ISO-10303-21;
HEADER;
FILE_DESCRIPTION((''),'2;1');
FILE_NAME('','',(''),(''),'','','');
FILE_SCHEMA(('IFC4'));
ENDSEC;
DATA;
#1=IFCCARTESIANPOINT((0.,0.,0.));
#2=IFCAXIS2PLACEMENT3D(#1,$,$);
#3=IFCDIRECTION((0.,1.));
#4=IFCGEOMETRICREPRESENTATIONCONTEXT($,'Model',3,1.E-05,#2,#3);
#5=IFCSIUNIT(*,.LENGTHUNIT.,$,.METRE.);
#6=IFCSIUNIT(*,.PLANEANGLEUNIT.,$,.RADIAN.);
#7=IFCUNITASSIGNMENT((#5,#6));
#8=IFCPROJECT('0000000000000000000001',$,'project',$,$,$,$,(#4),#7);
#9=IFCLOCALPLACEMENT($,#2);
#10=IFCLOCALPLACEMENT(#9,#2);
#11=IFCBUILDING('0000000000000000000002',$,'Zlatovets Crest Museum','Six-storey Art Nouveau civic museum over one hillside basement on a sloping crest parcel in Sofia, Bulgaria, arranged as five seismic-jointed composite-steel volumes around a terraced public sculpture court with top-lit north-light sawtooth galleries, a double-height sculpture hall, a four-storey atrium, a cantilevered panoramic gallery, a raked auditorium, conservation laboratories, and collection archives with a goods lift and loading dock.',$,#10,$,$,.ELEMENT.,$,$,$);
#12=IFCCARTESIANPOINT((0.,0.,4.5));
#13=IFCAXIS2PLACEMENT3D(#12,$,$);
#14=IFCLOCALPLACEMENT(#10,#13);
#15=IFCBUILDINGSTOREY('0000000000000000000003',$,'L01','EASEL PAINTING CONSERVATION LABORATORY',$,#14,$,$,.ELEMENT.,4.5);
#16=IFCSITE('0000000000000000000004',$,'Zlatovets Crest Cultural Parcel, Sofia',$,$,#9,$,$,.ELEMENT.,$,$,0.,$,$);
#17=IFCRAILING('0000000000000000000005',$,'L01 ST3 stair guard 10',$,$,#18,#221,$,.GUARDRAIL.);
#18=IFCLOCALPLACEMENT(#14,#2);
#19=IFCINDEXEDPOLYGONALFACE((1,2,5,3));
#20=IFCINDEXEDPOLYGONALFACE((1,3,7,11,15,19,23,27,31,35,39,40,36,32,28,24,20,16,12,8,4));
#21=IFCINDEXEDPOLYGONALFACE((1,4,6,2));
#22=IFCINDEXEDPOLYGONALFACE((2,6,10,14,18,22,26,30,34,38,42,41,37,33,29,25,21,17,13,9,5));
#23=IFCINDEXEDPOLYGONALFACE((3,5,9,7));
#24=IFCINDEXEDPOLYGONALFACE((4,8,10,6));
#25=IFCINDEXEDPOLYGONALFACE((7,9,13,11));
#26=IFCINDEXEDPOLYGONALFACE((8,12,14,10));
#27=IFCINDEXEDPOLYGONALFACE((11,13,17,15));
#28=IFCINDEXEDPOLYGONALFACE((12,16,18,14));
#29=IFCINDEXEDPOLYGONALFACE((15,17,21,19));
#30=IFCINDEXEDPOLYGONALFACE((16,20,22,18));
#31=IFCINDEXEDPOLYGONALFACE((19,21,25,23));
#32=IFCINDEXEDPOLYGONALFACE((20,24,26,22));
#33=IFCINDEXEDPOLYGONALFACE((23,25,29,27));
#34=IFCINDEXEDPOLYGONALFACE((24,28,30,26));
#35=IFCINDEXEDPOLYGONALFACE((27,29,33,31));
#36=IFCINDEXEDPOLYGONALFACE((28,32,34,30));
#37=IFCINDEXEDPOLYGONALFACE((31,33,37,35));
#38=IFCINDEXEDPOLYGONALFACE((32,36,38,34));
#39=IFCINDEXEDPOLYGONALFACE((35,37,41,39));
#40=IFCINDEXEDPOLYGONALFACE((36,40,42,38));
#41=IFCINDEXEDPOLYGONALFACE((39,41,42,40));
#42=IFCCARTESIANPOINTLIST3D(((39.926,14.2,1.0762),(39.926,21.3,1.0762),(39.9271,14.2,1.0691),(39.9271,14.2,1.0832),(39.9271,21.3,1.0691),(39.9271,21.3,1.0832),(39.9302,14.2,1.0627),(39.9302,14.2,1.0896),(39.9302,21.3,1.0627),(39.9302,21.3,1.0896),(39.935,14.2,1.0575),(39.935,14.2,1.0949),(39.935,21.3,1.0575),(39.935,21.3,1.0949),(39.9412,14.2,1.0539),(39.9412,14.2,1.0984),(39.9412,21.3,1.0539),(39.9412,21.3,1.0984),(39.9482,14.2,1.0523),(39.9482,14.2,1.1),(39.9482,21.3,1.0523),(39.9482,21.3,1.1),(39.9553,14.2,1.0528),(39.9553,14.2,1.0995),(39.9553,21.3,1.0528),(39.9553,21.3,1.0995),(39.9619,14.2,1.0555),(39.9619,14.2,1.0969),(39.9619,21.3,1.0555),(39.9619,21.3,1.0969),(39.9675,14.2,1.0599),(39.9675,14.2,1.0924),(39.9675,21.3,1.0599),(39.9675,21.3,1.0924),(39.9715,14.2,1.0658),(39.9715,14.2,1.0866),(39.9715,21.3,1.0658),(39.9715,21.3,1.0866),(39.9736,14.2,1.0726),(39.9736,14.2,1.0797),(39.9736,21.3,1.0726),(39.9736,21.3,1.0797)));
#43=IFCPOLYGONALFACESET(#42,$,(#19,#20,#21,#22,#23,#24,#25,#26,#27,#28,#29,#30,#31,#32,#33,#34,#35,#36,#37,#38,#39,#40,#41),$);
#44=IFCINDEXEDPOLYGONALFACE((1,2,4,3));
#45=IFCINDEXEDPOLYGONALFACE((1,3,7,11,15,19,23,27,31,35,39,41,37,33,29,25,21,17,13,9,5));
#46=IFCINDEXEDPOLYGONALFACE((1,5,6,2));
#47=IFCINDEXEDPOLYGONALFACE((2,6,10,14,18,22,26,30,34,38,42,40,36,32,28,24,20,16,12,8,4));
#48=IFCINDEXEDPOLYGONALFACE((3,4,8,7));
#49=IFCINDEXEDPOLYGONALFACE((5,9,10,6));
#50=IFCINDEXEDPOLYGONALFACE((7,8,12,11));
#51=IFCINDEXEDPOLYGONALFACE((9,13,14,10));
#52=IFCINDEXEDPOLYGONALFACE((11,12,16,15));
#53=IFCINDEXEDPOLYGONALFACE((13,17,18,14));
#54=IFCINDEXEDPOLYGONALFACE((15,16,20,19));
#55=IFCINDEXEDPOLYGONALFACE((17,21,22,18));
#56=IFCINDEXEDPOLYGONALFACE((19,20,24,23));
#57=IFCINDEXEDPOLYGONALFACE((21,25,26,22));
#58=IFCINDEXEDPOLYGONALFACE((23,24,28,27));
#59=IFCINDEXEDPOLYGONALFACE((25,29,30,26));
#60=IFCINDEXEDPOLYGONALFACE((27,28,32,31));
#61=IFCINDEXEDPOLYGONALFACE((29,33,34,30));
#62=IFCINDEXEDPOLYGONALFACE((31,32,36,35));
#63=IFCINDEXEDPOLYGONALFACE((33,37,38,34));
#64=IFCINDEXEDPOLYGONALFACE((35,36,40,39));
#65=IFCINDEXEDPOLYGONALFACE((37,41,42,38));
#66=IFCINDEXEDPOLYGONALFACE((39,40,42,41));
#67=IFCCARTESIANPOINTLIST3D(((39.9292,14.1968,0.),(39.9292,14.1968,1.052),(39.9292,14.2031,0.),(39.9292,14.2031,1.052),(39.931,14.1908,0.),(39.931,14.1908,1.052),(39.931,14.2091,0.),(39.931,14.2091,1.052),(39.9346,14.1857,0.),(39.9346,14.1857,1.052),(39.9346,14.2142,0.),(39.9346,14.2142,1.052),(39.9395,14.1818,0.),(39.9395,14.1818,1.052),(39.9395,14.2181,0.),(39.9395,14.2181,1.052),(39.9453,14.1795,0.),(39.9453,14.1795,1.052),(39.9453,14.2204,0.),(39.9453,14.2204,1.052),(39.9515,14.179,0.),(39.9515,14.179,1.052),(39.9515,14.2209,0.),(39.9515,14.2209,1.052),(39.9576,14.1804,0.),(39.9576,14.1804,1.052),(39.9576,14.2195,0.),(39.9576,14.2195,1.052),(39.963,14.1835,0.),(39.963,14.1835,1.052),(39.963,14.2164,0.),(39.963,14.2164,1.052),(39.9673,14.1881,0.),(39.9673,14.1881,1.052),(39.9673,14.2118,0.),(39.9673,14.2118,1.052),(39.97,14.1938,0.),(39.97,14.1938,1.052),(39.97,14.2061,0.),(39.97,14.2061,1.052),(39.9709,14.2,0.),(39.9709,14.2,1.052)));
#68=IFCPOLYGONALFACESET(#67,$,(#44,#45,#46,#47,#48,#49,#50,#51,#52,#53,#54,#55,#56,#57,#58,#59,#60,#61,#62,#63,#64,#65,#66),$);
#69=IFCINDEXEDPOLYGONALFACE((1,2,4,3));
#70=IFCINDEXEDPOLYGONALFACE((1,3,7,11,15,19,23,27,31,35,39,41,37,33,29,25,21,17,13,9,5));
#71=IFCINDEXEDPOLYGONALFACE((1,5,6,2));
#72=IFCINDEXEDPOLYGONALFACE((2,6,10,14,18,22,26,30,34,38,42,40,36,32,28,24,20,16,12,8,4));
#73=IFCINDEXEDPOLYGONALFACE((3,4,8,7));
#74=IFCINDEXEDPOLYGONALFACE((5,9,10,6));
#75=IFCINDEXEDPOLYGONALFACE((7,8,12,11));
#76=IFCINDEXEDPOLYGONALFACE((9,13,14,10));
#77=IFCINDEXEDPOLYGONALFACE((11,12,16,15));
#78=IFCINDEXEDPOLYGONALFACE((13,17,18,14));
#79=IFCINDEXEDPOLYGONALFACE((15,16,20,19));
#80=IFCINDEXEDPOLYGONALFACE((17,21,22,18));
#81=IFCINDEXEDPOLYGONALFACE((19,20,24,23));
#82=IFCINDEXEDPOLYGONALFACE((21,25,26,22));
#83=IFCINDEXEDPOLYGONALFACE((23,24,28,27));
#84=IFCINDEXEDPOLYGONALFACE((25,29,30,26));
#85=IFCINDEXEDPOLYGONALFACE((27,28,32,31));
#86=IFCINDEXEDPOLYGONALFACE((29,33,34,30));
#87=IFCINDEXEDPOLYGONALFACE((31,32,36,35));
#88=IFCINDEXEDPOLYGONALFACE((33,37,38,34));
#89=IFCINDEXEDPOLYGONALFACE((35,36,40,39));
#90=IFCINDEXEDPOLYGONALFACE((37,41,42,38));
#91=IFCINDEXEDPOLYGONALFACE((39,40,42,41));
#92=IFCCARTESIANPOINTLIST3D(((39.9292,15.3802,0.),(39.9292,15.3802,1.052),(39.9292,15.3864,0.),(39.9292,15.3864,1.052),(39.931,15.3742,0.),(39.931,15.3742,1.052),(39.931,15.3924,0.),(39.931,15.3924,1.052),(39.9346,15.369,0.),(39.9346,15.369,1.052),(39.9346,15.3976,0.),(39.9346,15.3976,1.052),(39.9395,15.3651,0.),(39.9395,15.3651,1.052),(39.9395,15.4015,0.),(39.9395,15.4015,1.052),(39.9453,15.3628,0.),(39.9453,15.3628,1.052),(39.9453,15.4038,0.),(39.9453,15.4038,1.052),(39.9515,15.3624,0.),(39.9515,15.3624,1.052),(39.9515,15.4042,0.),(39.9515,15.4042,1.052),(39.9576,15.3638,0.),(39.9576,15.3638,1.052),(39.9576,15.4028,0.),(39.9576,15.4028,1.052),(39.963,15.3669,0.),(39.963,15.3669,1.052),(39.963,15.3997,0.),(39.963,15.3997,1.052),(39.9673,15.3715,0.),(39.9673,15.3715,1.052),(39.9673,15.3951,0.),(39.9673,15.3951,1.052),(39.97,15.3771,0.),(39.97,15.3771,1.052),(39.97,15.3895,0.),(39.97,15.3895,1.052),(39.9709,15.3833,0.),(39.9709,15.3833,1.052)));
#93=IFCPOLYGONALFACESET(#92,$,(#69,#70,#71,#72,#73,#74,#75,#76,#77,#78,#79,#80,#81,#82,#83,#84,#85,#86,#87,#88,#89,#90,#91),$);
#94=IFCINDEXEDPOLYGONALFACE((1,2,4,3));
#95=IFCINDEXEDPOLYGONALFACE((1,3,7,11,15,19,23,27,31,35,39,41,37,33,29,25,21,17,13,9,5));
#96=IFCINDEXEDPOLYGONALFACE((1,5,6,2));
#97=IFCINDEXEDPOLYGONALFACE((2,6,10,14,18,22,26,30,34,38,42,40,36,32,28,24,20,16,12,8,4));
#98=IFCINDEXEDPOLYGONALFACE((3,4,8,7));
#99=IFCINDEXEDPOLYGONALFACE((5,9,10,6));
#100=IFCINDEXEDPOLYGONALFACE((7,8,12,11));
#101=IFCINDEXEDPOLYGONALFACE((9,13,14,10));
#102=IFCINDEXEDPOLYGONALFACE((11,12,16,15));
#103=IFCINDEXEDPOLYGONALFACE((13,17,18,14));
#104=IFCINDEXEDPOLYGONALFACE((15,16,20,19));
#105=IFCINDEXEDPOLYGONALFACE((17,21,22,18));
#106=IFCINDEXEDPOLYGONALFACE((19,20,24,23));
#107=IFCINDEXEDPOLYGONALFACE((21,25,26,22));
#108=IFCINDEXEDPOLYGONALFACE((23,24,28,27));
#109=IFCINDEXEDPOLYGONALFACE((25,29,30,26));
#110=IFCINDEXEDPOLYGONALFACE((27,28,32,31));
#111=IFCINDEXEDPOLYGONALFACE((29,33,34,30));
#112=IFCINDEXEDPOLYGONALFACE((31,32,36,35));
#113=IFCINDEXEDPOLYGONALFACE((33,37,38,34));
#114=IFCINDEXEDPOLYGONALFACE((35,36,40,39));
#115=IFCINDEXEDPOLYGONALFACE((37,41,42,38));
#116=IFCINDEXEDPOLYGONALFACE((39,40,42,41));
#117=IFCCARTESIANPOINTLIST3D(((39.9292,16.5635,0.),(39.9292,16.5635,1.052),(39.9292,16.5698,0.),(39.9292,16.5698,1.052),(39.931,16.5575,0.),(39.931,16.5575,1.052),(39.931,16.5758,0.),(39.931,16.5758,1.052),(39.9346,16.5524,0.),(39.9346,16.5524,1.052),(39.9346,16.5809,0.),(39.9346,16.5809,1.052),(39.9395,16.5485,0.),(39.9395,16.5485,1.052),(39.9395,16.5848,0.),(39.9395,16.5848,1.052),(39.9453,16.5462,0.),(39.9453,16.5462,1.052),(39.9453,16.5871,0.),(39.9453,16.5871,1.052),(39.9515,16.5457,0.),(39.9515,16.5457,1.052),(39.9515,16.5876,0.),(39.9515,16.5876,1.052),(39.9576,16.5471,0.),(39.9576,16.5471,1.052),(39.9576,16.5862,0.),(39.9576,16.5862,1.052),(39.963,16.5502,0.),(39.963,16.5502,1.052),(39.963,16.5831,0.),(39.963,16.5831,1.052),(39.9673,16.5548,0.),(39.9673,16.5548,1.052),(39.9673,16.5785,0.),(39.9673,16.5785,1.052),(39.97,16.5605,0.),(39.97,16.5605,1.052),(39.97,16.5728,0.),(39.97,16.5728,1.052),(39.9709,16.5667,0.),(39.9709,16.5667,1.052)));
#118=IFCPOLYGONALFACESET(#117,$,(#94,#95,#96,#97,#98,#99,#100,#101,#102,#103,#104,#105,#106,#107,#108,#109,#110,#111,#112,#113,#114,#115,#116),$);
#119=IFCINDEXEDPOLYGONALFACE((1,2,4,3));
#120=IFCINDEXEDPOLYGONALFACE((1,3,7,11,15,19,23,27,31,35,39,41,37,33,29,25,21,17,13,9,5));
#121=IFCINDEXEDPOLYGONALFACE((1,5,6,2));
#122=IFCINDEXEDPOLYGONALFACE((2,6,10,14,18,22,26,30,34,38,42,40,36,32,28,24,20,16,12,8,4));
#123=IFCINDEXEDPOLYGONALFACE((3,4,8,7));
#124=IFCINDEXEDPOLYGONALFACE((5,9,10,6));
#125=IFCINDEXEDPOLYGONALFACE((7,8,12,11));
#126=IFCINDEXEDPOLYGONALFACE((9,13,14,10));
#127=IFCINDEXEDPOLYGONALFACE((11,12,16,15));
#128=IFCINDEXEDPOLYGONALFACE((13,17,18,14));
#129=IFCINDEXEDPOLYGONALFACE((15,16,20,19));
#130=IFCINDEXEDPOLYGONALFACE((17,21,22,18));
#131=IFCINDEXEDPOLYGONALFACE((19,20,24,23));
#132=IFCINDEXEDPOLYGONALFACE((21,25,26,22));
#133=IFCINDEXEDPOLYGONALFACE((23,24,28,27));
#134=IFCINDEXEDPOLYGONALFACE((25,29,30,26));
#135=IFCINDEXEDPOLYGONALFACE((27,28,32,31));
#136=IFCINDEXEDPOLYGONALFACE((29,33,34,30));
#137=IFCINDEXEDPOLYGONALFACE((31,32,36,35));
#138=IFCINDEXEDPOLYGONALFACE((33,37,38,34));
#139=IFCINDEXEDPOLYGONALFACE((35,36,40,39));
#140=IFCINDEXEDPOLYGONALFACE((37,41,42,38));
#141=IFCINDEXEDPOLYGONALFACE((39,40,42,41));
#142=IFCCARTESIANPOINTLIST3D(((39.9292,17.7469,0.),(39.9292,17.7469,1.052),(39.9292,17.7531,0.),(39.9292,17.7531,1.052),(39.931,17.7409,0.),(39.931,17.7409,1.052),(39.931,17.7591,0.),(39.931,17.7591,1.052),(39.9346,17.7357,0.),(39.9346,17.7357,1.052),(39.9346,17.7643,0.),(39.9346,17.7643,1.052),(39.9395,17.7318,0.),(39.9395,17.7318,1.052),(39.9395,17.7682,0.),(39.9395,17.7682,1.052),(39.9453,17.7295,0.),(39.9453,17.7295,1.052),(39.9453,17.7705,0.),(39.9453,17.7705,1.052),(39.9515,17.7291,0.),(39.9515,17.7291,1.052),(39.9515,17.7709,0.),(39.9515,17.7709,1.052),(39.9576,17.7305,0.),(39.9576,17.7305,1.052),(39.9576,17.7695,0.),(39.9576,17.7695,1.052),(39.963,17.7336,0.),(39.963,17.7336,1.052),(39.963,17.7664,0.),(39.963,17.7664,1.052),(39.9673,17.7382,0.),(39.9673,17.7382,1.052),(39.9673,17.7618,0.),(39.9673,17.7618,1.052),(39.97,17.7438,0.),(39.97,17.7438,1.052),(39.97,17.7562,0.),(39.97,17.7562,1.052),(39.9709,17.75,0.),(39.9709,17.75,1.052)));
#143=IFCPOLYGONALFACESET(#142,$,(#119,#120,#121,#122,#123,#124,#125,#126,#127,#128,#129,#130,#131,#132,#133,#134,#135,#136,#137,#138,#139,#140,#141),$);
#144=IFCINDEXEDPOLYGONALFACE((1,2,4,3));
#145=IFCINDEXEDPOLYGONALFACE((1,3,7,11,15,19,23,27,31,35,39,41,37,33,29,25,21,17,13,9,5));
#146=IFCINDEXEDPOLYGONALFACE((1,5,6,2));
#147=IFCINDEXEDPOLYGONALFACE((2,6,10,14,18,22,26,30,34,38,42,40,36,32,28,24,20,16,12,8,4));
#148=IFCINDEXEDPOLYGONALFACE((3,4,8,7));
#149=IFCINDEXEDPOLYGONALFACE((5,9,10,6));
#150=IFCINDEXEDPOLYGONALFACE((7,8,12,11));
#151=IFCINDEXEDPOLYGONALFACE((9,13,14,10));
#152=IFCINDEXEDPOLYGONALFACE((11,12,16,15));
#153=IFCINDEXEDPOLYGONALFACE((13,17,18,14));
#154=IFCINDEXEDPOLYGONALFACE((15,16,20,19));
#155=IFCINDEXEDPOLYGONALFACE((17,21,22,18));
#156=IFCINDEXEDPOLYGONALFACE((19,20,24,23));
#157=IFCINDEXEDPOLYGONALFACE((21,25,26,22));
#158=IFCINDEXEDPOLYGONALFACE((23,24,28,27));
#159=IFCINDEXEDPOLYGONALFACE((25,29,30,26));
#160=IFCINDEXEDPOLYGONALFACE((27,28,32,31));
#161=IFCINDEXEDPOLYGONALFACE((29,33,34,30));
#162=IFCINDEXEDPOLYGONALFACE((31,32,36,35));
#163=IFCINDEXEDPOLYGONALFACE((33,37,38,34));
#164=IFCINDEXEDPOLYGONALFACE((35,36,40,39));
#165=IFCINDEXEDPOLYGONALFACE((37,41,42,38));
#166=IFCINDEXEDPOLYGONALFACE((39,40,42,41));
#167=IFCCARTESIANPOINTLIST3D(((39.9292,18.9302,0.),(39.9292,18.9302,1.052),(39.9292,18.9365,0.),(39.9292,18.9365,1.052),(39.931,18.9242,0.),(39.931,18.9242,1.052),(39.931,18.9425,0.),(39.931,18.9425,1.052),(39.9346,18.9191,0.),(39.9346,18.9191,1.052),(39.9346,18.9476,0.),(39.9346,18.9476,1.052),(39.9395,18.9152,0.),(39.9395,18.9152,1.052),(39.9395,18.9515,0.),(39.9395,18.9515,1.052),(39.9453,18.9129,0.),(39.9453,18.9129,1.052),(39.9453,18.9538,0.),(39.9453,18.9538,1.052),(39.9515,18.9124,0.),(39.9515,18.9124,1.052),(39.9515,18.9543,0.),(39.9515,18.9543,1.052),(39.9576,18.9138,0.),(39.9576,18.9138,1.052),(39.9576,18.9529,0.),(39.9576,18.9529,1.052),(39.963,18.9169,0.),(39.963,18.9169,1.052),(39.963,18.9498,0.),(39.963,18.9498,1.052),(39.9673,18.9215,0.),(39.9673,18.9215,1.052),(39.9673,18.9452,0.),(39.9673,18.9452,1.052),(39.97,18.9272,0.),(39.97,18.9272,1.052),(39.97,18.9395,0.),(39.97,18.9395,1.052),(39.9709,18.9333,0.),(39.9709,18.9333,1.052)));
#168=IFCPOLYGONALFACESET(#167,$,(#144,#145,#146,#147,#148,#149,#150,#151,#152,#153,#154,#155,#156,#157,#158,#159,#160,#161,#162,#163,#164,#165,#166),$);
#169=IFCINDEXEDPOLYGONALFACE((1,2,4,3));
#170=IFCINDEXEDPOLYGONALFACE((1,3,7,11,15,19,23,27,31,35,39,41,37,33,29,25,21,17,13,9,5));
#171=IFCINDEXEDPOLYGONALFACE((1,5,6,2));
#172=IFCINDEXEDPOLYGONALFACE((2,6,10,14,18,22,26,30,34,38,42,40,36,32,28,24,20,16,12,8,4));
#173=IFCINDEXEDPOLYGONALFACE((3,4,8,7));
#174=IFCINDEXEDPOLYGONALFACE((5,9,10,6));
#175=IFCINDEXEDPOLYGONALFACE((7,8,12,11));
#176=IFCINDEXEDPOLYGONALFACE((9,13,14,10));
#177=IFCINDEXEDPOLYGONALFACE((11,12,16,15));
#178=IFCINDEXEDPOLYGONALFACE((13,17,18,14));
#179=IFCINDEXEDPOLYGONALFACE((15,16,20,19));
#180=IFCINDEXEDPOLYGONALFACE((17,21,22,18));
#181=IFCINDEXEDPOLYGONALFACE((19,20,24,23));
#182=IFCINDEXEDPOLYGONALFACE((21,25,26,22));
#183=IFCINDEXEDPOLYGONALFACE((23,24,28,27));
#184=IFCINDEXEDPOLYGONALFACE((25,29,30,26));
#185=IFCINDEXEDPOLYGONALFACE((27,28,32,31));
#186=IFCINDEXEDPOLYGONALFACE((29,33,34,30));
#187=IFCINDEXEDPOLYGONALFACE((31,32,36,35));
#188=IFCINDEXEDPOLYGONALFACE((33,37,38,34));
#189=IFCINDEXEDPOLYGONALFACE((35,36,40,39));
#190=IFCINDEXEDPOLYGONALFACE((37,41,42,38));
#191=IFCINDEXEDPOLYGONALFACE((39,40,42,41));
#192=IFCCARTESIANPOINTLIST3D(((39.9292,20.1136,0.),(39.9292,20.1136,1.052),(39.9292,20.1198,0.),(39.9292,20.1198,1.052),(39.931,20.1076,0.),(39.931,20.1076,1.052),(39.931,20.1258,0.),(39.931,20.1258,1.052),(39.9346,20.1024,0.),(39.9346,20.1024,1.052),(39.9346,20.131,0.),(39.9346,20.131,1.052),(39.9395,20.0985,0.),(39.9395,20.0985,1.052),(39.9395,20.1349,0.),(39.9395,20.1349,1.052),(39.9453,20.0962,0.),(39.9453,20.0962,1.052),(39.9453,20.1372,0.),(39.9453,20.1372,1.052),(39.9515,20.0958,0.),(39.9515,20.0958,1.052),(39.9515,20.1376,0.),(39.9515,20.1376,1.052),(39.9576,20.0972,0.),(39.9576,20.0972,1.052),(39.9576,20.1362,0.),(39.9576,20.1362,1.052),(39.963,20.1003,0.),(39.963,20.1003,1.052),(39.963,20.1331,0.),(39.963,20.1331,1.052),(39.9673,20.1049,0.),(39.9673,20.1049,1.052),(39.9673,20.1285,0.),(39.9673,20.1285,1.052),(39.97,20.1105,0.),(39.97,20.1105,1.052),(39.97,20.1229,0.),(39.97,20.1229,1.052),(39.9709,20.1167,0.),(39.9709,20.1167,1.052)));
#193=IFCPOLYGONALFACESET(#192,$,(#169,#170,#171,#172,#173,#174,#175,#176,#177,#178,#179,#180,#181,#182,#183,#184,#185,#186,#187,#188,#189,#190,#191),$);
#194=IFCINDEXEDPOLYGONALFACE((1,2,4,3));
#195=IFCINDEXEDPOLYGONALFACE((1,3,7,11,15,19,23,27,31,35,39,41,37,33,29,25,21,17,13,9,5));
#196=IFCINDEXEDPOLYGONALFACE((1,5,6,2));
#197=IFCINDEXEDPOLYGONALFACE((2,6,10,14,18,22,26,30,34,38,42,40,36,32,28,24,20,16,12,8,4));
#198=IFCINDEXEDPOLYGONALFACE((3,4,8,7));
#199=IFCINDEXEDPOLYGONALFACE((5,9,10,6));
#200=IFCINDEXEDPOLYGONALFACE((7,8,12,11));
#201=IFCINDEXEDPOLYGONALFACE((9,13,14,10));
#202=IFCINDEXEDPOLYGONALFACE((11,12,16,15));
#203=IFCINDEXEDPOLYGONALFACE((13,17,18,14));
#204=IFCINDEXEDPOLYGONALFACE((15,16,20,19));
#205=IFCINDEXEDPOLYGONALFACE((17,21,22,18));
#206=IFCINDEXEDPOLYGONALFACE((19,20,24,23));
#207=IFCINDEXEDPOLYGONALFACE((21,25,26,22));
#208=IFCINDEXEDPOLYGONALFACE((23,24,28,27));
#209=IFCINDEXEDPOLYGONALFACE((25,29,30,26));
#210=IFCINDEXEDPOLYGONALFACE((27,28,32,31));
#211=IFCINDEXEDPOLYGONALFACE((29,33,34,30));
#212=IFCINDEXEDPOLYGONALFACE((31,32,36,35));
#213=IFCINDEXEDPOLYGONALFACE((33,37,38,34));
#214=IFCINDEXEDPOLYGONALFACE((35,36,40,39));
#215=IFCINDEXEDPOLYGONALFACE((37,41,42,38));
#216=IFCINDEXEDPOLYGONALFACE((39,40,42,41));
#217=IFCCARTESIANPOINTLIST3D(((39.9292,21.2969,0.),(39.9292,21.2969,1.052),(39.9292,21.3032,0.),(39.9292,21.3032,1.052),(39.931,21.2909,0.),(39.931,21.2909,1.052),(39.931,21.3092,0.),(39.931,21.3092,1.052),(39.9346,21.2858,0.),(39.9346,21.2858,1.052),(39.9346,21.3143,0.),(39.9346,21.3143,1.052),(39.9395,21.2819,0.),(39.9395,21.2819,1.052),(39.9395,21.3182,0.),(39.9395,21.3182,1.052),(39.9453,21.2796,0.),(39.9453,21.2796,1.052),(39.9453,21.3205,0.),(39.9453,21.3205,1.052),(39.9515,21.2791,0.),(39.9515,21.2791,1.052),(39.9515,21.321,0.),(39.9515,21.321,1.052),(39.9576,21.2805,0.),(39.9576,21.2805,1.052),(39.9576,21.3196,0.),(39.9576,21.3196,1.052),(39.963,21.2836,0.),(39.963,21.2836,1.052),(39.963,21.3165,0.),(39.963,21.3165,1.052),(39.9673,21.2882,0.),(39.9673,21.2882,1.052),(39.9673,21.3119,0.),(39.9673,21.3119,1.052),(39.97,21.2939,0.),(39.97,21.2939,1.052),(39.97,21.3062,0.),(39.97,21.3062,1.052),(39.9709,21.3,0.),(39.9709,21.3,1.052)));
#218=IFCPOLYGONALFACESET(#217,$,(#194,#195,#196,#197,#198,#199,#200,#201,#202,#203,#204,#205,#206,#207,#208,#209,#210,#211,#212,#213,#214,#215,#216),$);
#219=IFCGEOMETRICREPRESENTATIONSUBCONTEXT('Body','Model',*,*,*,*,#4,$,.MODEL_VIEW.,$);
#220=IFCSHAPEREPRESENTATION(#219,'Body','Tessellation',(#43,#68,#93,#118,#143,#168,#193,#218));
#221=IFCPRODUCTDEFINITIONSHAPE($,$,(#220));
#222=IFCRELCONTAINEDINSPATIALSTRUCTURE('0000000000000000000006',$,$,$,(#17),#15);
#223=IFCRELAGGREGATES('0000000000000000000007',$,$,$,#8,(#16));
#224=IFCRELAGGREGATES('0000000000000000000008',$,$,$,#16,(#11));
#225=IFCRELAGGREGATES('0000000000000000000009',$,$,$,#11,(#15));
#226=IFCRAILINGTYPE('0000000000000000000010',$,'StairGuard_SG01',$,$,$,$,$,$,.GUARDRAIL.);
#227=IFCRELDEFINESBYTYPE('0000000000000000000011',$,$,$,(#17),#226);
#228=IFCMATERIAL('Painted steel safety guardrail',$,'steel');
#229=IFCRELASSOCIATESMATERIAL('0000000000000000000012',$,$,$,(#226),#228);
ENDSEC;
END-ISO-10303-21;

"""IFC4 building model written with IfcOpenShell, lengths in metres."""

from ifc_helpers import new_model, si_unit, direction, frame, origin, origin_2d, place, context, subcontext, project, spatial, circle, extrude, material, type_object, element, save


model = new_model("IFC4")

# Units and contexts
model_context = context("Model", 3, precision=1e-05, world=origin(), true_north=direction((0.0, 1.0)))
body_context = subcontext(model_context, "Body", "Model", "MODEL_VIEW")
ifc_project = project(units=[si_unit("LENGTHUNIT", "METRE"), si_unit("PLANEANGLEUNIT", "RADIAN")], contexts=[model_context])

# Site, building, storey
site_placement = place(None, origin())
site = spatial("IfcSite", under=ifc_project, at=site_placement, Name="Zlatovets Crest Cultural Parcel, Sofia", CompositionType="ELEMENT", RefElevation=0.0)
building_placement = place(site_placement, origin())
building = spatial("IfcBuilding", under=site, at=building_placement, Name="Zlatovets Crest Museum", Description="Six-storey Art Nouveau civic museum over one hillside basement on a sloping crest parcel in Sofia, Bulgaria, arranged as five seismic-jointed composite-steel volumes around a terraced public sculpture court with top-lit north-light sawtooth galleries, a double-height sculpture hall, a four-storey atrium, a cantilevered panoramic gallery, a raked auditorium, conservation laboratories, and collection archives with a goods lift and loading dock.", CompositionType="ELEMENT")
storey_placement = place(building_placement, frame((0.0, 0.0, 4.5)))
storey = spatial("IfcBuildingStorey", under=building, at=storey_placement, Name="L01", Description="EASEL PAINTING CONSERVATION LABORATORY", CompositionType="ELEMENT", Elevation=4.5)

# Railing
ifc_material_1 = material(Name="Painted steel safety guardrail", Category="steel")
railing_type = type_object("IfcRailingType", Name="StairGuard_SG01", PredefinedType="GUARDRAIL", material=ifc_material_1)
railing_1_placement = place(storey_placement, frame((39.95, 14.2, 0.0)))
element("IfcRailing", 1, at=railing_1_placement, inside=storey, type_object=railing_type, Name="L01 ST3 stair guard 10", PredefinedType="GUARDRAIL", context=body_context, shape_type="SweptSolid", body=[
    extrude(circle(Radius=0.0239, at=origin_2d()), frame((0.0, 0.0, 1.0762), z_axis=(0.0, 1.0, 0.0), x_axis=(-1.0, 0.0, 0.0)), (0.0, 0.0, 1.0), 7.1001),
    extrude(circle(Radius=0.021, at=origin_2d()), origin(), (0.0, 0.0, 1.0), 1.052),
    extrude(circle(Radius=0.021, at=origin_2d()), frame((0.0, 1.1833, 0.0)), (0.0, 0.0, 1.0), 1.052),
    extrude(circle(Radius=0.021, at=origin_2d()), frame((0.0, 2.3667, 0.0)), (0.0, 0.0, 1.0), 1.052),
    extrude(circle(Radius=0.021, at=origin_2d()), frame((0.0, 3.55, 0.0)), (0.0, 0.0, 1.0), 1.052),
    extrude(circle(Radius=0.021, at=origin_2d()), frame((0.0, 4.7334, 0.0)), (0.0, 0.0, 1.0), 1.052),
    extrude(circle(Radius=0.021, at=origin_2d()), frame((0.0, 5.9167, 0.0)), (0.0, 0.0, 1.0), 1.052),
    extrude(circle(Radius=0.021, at=origin_2d()), frame((0.0, 7.1001, 0.0)), (0.0, 0.0, 1.0), 1.052),
])

save(model, "model.ifc")
